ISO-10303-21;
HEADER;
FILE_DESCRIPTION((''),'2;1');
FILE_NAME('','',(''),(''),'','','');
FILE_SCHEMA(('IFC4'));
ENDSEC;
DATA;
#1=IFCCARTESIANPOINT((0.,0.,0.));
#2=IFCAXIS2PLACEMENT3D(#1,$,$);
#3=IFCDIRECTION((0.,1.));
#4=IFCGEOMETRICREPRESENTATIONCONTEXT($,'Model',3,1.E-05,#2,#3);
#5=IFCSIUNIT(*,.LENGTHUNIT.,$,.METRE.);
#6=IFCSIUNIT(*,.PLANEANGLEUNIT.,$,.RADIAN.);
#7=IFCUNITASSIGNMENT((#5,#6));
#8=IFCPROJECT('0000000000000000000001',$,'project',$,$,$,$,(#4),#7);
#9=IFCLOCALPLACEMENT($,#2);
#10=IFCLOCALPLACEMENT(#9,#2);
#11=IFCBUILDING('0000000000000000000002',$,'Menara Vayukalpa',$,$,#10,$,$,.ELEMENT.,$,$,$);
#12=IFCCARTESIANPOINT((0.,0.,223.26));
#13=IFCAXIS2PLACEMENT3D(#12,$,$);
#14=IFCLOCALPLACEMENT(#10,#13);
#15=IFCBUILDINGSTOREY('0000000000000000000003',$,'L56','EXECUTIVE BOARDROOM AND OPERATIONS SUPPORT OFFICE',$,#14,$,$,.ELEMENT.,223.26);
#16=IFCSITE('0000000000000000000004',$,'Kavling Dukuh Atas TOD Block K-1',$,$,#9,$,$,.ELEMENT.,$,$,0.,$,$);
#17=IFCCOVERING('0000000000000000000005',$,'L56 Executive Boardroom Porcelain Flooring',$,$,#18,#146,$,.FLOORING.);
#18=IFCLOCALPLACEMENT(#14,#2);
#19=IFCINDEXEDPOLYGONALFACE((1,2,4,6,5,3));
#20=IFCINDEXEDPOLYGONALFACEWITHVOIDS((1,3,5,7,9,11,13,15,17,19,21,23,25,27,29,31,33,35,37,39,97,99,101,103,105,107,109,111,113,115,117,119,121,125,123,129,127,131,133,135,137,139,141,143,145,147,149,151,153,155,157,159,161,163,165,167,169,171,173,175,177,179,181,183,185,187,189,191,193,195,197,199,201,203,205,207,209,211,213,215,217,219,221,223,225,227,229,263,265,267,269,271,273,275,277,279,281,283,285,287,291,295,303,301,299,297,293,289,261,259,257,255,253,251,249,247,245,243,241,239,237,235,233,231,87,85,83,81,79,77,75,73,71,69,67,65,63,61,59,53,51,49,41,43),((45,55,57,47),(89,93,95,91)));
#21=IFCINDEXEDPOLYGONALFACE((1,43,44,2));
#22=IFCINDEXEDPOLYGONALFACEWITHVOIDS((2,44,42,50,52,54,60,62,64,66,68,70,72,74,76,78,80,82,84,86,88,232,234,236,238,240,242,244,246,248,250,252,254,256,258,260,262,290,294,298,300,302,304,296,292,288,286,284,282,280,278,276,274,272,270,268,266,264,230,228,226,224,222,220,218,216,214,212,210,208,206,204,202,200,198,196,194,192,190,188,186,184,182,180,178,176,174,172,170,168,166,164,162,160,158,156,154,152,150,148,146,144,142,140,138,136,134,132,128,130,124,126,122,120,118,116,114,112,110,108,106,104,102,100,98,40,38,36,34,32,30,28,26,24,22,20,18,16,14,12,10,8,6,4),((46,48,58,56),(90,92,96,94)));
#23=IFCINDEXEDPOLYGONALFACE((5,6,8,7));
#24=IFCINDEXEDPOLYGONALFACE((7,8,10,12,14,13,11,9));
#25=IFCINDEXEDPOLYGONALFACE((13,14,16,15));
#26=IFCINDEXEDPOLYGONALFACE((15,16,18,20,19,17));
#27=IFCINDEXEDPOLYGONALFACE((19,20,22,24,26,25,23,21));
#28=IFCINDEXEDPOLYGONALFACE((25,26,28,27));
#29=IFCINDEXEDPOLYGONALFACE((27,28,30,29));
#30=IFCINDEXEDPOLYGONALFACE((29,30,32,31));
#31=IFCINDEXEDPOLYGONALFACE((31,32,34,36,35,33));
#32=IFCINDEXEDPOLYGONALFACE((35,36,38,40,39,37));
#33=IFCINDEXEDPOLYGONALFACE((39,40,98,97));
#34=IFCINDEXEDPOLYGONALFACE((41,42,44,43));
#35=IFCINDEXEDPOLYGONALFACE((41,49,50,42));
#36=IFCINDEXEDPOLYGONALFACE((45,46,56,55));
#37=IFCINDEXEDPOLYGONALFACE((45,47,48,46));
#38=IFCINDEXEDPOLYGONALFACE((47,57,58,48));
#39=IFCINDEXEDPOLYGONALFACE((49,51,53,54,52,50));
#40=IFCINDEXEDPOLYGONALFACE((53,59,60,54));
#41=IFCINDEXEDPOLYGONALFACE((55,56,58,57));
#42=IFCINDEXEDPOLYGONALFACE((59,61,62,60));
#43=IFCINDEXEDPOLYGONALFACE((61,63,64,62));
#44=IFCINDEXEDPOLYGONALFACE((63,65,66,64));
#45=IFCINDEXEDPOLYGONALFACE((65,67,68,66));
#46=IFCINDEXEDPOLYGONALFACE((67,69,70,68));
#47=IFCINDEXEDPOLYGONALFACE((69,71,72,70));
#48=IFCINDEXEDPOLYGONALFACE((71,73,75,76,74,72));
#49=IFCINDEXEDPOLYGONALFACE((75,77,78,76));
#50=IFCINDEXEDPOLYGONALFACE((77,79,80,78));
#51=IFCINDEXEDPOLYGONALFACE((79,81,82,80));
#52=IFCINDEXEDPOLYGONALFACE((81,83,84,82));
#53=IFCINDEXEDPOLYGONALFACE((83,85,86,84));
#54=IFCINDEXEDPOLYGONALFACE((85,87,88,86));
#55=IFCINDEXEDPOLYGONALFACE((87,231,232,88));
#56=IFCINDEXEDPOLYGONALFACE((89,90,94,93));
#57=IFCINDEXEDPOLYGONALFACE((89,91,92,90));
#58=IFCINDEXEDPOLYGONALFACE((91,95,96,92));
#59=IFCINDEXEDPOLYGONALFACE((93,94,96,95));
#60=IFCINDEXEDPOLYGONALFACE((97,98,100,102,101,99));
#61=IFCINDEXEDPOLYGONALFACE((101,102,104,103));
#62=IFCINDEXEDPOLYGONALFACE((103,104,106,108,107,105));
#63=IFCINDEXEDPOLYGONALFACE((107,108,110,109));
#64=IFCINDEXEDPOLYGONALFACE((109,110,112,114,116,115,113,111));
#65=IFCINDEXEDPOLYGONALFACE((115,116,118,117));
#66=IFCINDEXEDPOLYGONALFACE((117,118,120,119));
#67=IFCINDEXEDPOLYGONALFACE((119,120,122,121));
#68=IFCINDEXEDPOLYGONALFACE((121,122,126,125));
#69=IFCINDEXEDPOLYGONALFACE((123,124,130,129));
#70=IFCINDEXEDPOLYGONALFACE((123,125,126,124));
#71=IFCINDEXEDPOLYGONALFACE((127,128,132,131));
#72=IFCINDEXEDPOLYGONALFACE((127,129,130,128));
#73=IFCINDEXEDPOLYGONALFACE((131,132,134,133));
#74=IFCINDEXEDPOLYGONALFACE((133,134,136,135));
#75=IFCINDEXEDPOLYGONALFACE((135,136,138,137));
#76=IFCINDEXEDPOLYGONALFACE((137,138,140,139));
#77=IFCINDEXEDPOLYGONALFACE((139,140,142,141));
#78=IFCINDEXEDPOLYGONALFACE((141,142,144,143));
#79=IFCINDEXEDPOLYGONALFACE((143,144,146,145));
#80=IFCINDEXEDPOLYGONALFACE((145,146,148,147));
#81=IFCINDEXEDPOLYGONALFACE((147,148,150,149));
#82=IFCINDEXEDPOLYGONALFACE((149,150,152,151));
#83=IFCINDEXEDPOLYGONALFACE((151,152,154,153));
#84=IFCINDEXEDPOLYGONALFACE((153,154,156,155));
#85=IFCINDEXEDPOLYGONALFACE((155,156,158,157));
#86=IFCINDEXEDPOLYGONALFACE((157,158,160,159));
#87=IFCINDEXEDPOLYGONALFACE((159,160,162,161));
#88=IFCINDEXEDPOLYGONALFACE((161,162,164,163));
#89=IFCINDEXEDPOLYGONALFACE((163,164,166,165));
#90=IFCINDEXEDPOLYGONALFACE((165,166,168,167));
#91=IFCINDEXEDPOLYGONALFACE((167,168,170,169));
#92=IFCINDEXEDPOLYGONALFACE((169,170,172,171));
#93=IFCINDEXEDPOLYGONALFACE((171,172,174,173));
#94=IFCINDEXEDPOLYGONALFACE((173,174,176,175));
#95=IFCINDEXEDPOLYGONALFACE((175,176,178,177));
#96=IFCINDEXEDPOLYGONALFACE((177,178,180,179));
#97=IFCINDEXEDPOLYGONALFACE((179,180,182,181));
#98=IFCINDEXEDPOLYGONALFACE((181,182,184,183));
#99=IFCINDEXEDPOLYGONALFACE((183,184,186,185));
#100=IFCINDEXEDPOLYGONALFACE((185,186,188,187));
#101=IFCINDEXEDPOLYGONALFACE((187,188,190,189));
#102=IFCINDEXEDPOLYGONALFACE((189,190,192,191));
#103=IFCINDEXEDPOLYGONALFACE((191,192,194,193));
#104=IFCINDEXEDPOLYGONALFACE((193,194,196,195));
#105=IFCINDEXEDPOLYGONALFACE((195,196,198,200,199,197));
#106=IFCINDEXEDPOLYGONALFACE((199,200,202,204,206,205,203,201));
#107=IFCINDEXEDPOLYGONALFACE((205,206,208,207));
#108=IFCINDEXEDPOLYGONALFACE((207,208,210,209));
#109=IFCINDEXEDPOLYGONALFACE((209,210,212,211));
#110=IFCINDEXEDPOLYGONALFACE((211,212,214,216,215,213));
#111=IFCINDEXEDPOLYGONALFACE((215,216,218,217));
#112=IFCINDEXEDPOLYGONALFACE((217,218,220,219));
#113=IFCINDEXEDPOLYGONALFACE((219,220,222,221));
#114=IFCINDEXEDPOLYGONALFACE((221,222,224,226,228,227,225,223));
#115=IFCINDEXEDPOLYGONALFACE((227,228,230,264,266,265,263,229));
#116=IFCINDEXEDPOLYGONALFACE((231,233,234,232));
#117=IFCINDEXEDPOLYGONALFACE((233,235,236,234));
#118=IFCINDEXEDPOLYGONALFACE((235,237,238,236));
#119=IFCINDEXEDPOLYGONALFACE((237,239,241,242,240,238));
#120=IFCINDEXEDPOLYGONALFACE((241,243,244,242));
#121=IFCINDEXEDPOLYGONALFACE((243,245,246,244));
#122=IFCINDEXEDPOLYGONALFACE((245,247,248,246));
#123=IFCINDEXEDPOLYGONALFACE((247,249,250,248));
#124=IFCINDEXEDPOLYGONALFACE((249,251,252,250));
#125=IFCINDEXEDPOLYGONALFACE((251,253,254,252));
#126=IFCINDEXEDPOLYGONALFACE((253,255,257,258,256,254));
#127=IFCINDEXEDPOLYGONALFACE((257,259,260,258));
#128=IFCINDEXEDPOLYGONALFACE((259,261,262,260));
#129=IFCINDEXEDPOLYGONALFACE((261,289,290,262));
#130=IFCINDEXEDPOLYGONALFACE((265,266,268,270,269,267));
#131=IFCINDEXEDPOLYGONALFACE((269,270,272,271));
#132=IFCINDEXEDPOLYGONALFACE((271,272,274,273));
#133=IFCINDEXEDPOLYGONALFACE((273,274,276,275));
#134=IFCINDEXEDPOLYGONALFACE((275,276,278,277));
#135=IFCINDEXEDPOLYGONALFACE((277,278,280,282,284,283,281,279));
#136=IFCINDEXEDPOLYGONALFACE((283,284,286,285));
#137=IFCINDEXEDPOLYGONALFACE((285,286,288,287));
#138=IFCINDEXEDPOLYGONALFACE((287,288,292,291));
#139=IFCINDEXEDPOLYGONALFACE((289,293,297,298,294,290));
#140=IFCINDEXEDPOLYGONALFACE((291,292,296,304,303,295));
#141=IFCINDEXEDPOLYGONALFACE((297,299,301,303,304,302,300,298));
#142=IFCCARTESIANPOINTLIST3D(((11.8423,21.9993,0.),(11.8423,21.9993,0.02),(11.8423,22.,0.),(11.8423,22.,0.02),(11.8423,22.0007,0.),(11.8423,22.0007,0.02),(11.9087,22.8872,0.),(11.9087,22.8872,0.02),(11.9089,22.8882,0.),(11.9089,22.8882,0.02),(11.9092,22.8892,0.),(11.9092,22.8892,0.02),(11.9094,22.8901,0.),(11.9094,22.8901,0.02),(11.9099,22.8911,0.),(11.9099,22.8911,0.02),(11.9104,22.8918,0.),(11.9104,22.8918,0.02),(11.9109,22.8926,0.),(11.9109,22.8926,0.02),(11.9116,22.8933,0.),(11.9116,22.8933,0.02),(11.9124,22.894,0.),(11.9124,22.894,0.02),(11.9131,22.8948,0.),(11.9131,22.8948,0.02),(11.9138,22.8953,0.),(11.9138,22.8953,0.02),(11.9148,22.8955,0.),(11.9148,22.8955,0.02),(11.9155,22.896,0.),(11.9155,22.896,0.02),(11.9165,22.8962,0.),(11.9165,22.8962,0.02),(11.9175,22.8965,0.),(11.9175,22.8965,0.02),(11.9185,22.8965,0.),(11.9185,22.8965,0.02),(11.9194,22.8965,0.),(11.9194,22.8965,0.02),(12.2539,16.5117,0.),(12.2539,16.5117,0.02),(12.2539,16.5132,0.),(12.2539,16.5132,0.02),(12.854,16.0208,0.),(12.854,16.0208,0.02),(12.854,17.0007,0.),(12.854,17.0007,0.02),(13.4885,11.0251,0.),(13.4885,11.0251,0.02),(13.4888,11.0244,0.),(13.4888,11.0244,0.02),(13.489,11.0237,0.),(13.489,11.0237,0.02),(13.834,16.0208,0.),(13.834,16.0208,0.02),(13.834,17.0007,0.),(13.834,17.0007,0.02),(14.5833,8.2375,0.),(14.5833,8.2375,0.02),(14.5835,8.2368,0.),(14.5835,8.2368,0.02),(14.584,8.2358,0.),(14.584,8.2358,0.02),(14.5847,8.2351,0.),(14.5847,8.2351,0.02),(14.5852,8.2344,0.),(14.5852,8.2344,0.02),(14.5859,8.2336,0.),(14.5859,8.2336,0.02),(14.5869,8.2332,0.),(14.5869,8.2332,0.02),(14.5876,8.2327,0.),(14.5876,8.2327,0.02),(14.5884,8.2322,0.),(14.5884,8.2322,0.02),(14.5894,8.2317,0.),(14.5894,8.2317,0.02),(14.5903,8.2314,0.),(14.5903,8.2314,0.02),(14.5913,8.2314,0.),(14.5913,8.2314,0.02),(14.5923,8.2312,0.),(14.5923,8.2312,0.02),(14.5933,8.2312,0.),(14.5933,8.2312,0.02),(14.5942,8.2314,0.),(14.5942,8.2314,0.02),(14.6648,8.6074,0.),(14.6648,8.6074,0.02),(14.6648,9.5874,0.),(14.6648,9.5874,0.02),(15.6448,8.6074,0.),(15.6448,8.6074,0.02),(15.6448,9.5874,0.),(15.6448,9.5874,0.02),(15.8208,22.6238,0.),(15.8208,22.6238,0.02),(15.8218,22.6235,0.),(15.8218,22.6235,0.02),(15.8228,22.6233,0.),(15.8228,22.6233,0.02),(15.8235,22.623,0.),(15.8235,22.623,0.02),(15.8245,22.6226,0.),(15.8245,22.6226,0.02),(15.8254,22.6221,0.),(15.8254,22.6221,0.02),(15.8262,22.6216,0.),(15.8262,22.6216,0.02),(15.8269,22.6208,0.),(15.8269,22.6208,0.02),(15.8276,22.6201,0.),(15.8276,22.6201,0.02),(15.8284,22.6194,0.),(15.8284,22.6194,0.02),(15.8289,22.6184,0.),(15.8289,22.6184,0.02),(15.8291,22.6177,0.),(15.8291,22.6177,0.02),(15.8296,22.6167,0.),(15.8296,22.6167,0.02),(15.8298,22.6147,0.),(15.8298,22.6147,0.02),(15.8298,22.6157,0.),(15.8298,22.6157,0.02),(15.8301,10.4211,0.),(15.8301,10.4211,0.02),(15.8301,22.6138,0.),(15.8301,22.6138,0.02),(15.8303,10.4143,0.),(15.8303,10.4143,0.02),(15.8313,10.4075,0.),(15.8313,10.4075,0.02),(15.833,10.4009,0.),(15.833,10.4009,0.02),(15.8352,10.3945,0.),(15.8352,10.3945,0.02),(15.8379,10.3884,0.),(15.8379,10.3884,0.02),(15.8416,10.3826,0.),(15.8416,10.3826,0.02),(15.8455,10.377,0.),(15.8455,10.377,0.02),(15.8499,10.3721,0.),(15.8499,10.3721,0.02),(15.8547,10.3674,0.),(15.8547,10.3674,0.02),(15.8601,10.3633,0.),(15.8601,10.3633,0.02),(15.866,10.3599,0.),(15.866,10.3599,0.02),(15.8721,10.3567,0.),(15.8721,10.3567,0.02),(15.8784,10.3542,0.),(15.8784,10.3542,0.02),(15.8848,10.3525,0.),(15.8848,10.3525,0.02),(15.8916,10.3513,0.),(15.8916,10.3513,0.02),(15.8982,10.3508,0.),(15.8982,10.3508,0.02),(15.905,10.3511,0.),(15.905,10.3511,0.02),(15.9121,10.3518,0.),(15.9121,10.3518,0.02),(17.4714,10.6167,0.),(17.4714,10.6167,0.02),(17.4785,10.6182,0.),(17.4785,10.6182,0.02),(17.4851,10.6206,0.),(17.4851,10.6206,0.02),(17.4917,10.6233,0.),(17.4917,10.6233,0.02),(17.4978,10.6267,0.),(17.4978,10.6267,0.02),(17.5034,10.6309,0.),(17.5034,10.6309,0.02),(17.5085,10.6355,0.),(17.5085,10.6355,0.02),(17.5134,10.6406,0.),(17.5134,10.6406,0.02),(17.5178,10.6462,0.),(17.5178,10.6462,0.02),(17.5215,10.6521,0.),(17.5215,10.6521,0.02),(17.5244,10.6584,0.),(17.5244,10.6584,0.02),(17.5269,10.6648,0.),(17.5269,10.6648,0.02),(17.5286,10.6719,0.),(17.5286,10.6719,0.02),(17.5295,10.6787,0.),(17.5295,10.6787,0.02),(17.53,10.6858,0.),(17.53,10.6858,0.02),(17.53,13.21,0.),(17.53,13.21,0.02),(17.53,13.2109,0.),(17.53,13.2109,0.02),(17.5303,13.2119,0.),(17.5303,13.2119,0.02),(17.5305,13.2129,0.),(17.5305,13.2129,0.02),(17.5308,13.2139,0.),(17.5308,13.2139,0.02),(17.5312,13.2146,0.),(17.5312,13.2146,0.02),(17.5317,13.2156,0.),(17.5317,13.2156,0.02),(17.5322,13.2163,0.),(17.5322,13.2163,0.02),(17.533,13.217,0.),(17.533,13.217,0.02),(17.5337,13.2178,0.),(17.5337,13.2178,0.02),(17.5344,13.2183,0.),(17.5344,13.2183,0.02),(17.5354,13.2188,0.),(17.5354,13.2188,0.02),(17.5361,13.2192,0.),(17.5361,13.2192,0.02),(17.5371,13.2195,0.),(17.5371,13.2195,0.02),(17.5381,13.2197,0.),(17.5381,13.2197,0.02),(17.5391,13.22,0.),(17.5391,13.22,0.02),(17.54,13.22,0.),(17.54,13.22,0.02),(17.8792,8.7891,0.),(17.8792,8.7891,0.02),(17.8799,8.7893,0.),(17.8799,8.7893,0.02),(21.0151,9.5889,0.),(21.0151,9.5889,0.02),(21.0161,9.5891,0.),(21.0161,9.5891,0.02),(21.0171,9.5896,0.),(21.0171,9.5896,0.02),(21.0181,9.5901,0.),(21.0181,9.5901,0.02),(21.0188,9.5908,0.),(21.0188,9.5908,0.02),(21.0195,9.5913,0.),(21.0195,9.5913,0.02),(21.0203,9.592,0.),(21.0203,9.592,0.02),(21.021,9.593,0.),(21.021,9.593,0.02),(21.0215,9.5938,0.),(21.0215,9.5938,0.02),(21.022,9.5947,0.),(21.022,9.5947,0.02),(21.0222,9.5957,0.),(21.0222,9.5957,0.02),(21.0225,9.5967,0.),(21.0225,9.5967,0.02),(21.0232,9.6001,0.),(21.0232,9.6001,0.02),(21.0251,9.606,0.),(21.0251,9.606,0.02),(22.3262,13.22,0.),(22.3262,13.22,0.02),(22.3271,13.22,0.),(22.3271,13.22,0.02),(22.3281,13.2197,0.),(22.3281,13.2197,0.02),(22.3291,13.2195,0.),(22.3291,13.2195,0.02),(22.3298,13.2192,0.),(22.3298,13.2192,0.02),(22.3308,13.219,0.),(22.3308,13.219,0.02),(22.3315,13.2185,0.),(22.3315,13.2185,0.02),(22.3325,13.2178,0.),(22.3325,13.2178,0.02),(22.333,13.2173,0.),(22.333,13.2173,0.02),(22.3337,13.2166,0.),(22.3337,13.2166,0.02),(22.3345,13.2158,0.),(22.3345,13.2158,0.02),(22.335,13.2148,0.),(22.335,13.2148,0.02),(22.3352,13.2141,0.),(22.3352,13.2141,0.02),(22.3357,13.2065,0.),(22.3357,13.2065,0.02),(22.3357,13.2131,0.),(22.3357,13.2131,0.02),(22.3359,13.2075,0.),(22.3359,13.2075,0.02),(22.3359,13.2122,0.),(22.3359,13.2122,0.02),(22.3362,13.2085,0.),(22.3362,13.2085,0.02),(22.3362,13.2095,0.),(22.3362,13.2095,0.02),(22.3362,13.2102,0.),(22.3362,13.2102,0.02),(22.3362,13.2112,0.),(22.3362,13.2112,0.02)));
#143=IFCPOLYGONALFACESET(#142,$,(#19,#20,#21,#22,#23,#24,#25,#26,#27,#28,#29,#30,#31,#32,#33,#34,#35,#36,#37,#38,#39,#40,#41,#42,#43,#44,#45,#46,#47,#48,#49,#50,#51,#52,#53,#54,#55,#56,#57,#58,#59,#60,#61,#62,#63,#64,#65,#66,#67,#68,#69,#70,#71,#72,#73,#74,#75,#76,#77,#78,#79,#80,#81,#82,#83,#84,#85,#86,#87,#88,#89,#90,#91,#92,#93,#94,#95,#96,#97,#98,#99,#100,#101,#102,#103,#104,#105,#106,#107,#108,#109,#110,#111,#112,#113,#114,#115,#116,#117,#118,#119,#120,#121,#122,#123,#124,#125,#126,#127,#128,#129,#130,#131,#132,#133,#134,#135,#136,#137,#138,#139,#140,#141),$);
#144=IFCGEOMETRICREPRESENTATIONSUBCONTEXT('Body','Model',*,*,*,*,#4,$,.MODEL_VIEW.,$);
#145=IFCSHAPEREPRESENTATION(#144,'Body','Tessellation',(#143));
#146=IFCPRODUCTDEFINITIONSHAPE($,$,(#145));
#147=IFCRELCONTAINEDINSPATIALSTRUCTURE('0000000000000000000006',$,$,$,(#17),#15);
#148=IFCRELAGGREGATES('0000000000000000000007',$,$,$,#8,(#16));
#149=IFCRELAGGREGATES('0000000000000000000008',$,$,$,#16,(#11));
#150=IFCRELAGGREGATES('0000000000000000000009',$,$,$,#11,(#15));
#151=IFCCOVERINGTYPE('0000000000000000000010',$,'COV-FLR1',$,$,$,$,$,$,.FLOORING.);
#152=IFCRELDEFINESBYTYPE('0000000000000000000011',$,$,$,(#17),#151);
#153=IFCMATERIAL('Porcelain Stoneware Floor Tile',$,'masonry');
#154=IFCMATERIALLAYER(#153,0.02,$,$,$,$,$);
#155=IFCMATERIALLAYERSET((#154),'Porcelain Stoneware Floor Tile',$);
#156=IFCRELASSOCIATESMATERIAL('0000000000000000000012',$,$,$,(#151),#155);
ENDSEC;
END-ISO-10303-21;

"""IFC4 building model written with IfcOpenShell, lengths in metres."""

from ifc_helpers import new_model, si_unit, direction, frame, origin, place, context, subcontext, project, spatial, polyline, outline, extrude, material, layer, layer_set, type_object, element, save


model = new_model("IFC4")

# Units and contexts
model_context = context("Model", 3, precision=1e-05, world=origin(), true_north=direction((0.0, 1.0)))
body_context = subcontext(model_context, "Body", "Model", "MODEL_VIEW")
ifc_project = project(units=[si_unit("LENGTHUNIT", "METRE"), si_unit("PLANEANGLEUNIT", "RADIAN")], contexts=[model_context])

# Site, building, storey
site_placement = place(None, origin())
site = spatial("IfcSite", under=ifc_project, at=site_placement, Name="Kavling Dukuh Atas TOD Block K-1", CompositionType="ELEMENT", RefElevation=0.0)
building_placement = place(site_placement, origin())
building = spatial("IfcBuilding", under=site, at=building_placement, Name="Menara Vayukalpa", CompositionType="ELEMENT")
storey_placement = place(building_placement, frame((0.0, 0.0, 223.26)))
storey = spatial("IfcBuildingStorey", under=building, at=storey_placement, Name="L56", Description="EXECUTIVE BOARDROOM AND OPERATIONS SUPPORT OFFICE", CompositionType="ELEMENT", Elevation=223.26)

# Covering
ifc_material_1 = material(Name="Porcelain Stoneware Floor Tile", Category="masonry")
ifc_layer_1 = layer(ifc_material_1, 0.02)
ifc_layer_set_1 = layer_set([ifc_layer_1], Name="Porcelain Stoneware Floor Tile")
covering_type_1 = type_object("IfcCoveringType", Name="COV-FLR1", PredefinedType="FLOORING", material=ifc_layer_set_1)
covering_1_placement = place(storey_placement, origin())
element("IfcCovering", 1, at=covering_1_placement, inside=storey, type_object=covering_type_1, Name="L56 Executive Boardroom Porcelain Flooring", PredefinedType="FLOORING", context=body_context, shape_type="SweptSolid", body=[
    extrude(outline(polyline([(14.5933, 8.2312), (14.5923, 8.2312), (14.5913, 8.2314), (14.5903, 8.2314), (14.5894, 8.2317), (14.5884, 8.2322), (14.5876, 8.2327), (14.5869, 8.2332), (14.5859, 8.2336), (14.5852, 8.2344), (14.5847, 8.2351), (14.584, 8.2358), (14.5835, 8.2368), (14.5833, 8.2375), (13.489, 11.0237), (13.4888, 11.0244), (13.4885, 11.0251), (12.2539, 16.5117), (12.2539, 16.5132), (11.8423, 21.9993), (11.8423, 22.0), (11.8423, 22.0007), (11.9087, 22.8872), (11.9089, 22.8882), (11.9092, 22.8892), (11.9094, 22.8901), (11.9099, 22.8911), (11.9104, 22.8918), (11.9109, 22.8926), (11.9116, 22.8933), (11.9124, 22.894), (11.9131, 22.8948), (11.9138, 22.8953), (11.9148, 22.8955), (11.9155, 22.896), (11.9165, 22.8962), (11.9175, 22.8965), (11.9185, 22.8965), (11.9194, 22.8965), (15.8208, 22.6238), (15.8218, 22.6235), (15.8228, 22.6233), (15.8235, 22.623), (15.8245, 22.6226), (15.8254, 22.6221), (15.8262, 22.6216), (15.8269, 22.6208), (15.8276, 22.6201), (15.8284, 22.6194), (15.8289, 22.6184), (15.8291, 22.6177), (15.8296, 22.6167), (15.8298, 22.6157), (15.8298, 22.6147), (15.8301, 22.6138), (15.8301, 10.4211), (15.8303, 10.4143), (15.8313, 10.4075), (15.833, 10.4009), (15.8352, 10.3945), (15.8379, 10.3884), (15.8416, 10.3826), (15.8455, 10.377), (15.8499, 10.3721), (15.8547, 10.3674), (15.8601, 10.3633), (15.866, 10.3599), (15.8721, 10.3567), (15.8784, 10.3542), (15.8848, 10.3525), (15.8916, 10.3513), (15.8982, 10.3508), (15.905, 10.3511), (15.9121, 10.3518), (17.4714, 10.6167), (17.4785, 10.6182), (17.4851, 10.6206), (17.4917, 10.6233), (17.4978, 10.6267), (17.5034, 10.6309), (17.5085, 10.6355), (17.5134, 10.6406), (17.5178, 10.6462), (17.5215, 10.6521), (17.5244, 10.6584), (17.5269, 10.6648), (17.5286, 10.6719), (17.5295, 10.6787), (17.53, 10.6858), (17.53, 13.21), (17.53, 13.2109), (17.5303, 13.2119), (17.5305, 13.2129), (17.5308, 13.2139), (17.5312, 13.2146), (17.5317, 13.2156), (17.5322, 13.2163), (17.533, 13.217), (17.5337, 13.2178), (17.5344, 13.2183), (17.5354, 13.2188), (17.5361, 13.2192), (17.5371, 13.2195), (17.5381, 13.2197), (17.5391, 13.22), (17.54, 13.22), (22.3262, 13.22), (22.3271, 13.22), (22.3281, 13.2197), (22.3291, 13.2195), (22.3298, 13.2192), (22.3308, 13.219), (22.3315, 13.2185), (22.3325, 13.2178), (22.333, 13.2173), (22.3337, 13.2166), (22.3345, 13.2158), (22.335, 13.2148), (22.3352, 13.2141), (22.3357, 13.2131), (22.3359, 13.2122), (22.3362, 13.2112), (22.3362, 13.2102), (22.3362, 13.2095), (22.3362, 13.2085), (22.3359, 13.2075), (22.3357, 13.2065), (21.0251, 9.606), (21.0232, 9.6001), (21.0225, 9.5967), (21.0222, 9.5957), (21.022, 9.5947), (21.0215, 9.5938), (21.021, 9.593), (21.0203, 9.592), (21.0195, 9.5913), (21.0188, 9.5908), (21.0181, 9.5901), (21.0171, 9.5896), (21.0161, 9.5891), (21.0151, 9.5889), (17.8799, 8.7893), (17.8792, 8.7891), (14.5942, 8.2314), (14.5933, 8.2312)]), holes=[polyline([(14.6648, 9.5874), (14.6648, 8.6074), (15.6448, 8.6074), (15.6448, 9.5874), (14.6648, 9.5874)]), polyline([(13.834, 17.0007), (12.854, 17.0007), (12.854, 16.0208), (13.834, 16.0208), (13.834, 17.0007)])]), origin(), (0.0, 0.0, 1.0), 0.02),
])

save(model, "model.ifc")
